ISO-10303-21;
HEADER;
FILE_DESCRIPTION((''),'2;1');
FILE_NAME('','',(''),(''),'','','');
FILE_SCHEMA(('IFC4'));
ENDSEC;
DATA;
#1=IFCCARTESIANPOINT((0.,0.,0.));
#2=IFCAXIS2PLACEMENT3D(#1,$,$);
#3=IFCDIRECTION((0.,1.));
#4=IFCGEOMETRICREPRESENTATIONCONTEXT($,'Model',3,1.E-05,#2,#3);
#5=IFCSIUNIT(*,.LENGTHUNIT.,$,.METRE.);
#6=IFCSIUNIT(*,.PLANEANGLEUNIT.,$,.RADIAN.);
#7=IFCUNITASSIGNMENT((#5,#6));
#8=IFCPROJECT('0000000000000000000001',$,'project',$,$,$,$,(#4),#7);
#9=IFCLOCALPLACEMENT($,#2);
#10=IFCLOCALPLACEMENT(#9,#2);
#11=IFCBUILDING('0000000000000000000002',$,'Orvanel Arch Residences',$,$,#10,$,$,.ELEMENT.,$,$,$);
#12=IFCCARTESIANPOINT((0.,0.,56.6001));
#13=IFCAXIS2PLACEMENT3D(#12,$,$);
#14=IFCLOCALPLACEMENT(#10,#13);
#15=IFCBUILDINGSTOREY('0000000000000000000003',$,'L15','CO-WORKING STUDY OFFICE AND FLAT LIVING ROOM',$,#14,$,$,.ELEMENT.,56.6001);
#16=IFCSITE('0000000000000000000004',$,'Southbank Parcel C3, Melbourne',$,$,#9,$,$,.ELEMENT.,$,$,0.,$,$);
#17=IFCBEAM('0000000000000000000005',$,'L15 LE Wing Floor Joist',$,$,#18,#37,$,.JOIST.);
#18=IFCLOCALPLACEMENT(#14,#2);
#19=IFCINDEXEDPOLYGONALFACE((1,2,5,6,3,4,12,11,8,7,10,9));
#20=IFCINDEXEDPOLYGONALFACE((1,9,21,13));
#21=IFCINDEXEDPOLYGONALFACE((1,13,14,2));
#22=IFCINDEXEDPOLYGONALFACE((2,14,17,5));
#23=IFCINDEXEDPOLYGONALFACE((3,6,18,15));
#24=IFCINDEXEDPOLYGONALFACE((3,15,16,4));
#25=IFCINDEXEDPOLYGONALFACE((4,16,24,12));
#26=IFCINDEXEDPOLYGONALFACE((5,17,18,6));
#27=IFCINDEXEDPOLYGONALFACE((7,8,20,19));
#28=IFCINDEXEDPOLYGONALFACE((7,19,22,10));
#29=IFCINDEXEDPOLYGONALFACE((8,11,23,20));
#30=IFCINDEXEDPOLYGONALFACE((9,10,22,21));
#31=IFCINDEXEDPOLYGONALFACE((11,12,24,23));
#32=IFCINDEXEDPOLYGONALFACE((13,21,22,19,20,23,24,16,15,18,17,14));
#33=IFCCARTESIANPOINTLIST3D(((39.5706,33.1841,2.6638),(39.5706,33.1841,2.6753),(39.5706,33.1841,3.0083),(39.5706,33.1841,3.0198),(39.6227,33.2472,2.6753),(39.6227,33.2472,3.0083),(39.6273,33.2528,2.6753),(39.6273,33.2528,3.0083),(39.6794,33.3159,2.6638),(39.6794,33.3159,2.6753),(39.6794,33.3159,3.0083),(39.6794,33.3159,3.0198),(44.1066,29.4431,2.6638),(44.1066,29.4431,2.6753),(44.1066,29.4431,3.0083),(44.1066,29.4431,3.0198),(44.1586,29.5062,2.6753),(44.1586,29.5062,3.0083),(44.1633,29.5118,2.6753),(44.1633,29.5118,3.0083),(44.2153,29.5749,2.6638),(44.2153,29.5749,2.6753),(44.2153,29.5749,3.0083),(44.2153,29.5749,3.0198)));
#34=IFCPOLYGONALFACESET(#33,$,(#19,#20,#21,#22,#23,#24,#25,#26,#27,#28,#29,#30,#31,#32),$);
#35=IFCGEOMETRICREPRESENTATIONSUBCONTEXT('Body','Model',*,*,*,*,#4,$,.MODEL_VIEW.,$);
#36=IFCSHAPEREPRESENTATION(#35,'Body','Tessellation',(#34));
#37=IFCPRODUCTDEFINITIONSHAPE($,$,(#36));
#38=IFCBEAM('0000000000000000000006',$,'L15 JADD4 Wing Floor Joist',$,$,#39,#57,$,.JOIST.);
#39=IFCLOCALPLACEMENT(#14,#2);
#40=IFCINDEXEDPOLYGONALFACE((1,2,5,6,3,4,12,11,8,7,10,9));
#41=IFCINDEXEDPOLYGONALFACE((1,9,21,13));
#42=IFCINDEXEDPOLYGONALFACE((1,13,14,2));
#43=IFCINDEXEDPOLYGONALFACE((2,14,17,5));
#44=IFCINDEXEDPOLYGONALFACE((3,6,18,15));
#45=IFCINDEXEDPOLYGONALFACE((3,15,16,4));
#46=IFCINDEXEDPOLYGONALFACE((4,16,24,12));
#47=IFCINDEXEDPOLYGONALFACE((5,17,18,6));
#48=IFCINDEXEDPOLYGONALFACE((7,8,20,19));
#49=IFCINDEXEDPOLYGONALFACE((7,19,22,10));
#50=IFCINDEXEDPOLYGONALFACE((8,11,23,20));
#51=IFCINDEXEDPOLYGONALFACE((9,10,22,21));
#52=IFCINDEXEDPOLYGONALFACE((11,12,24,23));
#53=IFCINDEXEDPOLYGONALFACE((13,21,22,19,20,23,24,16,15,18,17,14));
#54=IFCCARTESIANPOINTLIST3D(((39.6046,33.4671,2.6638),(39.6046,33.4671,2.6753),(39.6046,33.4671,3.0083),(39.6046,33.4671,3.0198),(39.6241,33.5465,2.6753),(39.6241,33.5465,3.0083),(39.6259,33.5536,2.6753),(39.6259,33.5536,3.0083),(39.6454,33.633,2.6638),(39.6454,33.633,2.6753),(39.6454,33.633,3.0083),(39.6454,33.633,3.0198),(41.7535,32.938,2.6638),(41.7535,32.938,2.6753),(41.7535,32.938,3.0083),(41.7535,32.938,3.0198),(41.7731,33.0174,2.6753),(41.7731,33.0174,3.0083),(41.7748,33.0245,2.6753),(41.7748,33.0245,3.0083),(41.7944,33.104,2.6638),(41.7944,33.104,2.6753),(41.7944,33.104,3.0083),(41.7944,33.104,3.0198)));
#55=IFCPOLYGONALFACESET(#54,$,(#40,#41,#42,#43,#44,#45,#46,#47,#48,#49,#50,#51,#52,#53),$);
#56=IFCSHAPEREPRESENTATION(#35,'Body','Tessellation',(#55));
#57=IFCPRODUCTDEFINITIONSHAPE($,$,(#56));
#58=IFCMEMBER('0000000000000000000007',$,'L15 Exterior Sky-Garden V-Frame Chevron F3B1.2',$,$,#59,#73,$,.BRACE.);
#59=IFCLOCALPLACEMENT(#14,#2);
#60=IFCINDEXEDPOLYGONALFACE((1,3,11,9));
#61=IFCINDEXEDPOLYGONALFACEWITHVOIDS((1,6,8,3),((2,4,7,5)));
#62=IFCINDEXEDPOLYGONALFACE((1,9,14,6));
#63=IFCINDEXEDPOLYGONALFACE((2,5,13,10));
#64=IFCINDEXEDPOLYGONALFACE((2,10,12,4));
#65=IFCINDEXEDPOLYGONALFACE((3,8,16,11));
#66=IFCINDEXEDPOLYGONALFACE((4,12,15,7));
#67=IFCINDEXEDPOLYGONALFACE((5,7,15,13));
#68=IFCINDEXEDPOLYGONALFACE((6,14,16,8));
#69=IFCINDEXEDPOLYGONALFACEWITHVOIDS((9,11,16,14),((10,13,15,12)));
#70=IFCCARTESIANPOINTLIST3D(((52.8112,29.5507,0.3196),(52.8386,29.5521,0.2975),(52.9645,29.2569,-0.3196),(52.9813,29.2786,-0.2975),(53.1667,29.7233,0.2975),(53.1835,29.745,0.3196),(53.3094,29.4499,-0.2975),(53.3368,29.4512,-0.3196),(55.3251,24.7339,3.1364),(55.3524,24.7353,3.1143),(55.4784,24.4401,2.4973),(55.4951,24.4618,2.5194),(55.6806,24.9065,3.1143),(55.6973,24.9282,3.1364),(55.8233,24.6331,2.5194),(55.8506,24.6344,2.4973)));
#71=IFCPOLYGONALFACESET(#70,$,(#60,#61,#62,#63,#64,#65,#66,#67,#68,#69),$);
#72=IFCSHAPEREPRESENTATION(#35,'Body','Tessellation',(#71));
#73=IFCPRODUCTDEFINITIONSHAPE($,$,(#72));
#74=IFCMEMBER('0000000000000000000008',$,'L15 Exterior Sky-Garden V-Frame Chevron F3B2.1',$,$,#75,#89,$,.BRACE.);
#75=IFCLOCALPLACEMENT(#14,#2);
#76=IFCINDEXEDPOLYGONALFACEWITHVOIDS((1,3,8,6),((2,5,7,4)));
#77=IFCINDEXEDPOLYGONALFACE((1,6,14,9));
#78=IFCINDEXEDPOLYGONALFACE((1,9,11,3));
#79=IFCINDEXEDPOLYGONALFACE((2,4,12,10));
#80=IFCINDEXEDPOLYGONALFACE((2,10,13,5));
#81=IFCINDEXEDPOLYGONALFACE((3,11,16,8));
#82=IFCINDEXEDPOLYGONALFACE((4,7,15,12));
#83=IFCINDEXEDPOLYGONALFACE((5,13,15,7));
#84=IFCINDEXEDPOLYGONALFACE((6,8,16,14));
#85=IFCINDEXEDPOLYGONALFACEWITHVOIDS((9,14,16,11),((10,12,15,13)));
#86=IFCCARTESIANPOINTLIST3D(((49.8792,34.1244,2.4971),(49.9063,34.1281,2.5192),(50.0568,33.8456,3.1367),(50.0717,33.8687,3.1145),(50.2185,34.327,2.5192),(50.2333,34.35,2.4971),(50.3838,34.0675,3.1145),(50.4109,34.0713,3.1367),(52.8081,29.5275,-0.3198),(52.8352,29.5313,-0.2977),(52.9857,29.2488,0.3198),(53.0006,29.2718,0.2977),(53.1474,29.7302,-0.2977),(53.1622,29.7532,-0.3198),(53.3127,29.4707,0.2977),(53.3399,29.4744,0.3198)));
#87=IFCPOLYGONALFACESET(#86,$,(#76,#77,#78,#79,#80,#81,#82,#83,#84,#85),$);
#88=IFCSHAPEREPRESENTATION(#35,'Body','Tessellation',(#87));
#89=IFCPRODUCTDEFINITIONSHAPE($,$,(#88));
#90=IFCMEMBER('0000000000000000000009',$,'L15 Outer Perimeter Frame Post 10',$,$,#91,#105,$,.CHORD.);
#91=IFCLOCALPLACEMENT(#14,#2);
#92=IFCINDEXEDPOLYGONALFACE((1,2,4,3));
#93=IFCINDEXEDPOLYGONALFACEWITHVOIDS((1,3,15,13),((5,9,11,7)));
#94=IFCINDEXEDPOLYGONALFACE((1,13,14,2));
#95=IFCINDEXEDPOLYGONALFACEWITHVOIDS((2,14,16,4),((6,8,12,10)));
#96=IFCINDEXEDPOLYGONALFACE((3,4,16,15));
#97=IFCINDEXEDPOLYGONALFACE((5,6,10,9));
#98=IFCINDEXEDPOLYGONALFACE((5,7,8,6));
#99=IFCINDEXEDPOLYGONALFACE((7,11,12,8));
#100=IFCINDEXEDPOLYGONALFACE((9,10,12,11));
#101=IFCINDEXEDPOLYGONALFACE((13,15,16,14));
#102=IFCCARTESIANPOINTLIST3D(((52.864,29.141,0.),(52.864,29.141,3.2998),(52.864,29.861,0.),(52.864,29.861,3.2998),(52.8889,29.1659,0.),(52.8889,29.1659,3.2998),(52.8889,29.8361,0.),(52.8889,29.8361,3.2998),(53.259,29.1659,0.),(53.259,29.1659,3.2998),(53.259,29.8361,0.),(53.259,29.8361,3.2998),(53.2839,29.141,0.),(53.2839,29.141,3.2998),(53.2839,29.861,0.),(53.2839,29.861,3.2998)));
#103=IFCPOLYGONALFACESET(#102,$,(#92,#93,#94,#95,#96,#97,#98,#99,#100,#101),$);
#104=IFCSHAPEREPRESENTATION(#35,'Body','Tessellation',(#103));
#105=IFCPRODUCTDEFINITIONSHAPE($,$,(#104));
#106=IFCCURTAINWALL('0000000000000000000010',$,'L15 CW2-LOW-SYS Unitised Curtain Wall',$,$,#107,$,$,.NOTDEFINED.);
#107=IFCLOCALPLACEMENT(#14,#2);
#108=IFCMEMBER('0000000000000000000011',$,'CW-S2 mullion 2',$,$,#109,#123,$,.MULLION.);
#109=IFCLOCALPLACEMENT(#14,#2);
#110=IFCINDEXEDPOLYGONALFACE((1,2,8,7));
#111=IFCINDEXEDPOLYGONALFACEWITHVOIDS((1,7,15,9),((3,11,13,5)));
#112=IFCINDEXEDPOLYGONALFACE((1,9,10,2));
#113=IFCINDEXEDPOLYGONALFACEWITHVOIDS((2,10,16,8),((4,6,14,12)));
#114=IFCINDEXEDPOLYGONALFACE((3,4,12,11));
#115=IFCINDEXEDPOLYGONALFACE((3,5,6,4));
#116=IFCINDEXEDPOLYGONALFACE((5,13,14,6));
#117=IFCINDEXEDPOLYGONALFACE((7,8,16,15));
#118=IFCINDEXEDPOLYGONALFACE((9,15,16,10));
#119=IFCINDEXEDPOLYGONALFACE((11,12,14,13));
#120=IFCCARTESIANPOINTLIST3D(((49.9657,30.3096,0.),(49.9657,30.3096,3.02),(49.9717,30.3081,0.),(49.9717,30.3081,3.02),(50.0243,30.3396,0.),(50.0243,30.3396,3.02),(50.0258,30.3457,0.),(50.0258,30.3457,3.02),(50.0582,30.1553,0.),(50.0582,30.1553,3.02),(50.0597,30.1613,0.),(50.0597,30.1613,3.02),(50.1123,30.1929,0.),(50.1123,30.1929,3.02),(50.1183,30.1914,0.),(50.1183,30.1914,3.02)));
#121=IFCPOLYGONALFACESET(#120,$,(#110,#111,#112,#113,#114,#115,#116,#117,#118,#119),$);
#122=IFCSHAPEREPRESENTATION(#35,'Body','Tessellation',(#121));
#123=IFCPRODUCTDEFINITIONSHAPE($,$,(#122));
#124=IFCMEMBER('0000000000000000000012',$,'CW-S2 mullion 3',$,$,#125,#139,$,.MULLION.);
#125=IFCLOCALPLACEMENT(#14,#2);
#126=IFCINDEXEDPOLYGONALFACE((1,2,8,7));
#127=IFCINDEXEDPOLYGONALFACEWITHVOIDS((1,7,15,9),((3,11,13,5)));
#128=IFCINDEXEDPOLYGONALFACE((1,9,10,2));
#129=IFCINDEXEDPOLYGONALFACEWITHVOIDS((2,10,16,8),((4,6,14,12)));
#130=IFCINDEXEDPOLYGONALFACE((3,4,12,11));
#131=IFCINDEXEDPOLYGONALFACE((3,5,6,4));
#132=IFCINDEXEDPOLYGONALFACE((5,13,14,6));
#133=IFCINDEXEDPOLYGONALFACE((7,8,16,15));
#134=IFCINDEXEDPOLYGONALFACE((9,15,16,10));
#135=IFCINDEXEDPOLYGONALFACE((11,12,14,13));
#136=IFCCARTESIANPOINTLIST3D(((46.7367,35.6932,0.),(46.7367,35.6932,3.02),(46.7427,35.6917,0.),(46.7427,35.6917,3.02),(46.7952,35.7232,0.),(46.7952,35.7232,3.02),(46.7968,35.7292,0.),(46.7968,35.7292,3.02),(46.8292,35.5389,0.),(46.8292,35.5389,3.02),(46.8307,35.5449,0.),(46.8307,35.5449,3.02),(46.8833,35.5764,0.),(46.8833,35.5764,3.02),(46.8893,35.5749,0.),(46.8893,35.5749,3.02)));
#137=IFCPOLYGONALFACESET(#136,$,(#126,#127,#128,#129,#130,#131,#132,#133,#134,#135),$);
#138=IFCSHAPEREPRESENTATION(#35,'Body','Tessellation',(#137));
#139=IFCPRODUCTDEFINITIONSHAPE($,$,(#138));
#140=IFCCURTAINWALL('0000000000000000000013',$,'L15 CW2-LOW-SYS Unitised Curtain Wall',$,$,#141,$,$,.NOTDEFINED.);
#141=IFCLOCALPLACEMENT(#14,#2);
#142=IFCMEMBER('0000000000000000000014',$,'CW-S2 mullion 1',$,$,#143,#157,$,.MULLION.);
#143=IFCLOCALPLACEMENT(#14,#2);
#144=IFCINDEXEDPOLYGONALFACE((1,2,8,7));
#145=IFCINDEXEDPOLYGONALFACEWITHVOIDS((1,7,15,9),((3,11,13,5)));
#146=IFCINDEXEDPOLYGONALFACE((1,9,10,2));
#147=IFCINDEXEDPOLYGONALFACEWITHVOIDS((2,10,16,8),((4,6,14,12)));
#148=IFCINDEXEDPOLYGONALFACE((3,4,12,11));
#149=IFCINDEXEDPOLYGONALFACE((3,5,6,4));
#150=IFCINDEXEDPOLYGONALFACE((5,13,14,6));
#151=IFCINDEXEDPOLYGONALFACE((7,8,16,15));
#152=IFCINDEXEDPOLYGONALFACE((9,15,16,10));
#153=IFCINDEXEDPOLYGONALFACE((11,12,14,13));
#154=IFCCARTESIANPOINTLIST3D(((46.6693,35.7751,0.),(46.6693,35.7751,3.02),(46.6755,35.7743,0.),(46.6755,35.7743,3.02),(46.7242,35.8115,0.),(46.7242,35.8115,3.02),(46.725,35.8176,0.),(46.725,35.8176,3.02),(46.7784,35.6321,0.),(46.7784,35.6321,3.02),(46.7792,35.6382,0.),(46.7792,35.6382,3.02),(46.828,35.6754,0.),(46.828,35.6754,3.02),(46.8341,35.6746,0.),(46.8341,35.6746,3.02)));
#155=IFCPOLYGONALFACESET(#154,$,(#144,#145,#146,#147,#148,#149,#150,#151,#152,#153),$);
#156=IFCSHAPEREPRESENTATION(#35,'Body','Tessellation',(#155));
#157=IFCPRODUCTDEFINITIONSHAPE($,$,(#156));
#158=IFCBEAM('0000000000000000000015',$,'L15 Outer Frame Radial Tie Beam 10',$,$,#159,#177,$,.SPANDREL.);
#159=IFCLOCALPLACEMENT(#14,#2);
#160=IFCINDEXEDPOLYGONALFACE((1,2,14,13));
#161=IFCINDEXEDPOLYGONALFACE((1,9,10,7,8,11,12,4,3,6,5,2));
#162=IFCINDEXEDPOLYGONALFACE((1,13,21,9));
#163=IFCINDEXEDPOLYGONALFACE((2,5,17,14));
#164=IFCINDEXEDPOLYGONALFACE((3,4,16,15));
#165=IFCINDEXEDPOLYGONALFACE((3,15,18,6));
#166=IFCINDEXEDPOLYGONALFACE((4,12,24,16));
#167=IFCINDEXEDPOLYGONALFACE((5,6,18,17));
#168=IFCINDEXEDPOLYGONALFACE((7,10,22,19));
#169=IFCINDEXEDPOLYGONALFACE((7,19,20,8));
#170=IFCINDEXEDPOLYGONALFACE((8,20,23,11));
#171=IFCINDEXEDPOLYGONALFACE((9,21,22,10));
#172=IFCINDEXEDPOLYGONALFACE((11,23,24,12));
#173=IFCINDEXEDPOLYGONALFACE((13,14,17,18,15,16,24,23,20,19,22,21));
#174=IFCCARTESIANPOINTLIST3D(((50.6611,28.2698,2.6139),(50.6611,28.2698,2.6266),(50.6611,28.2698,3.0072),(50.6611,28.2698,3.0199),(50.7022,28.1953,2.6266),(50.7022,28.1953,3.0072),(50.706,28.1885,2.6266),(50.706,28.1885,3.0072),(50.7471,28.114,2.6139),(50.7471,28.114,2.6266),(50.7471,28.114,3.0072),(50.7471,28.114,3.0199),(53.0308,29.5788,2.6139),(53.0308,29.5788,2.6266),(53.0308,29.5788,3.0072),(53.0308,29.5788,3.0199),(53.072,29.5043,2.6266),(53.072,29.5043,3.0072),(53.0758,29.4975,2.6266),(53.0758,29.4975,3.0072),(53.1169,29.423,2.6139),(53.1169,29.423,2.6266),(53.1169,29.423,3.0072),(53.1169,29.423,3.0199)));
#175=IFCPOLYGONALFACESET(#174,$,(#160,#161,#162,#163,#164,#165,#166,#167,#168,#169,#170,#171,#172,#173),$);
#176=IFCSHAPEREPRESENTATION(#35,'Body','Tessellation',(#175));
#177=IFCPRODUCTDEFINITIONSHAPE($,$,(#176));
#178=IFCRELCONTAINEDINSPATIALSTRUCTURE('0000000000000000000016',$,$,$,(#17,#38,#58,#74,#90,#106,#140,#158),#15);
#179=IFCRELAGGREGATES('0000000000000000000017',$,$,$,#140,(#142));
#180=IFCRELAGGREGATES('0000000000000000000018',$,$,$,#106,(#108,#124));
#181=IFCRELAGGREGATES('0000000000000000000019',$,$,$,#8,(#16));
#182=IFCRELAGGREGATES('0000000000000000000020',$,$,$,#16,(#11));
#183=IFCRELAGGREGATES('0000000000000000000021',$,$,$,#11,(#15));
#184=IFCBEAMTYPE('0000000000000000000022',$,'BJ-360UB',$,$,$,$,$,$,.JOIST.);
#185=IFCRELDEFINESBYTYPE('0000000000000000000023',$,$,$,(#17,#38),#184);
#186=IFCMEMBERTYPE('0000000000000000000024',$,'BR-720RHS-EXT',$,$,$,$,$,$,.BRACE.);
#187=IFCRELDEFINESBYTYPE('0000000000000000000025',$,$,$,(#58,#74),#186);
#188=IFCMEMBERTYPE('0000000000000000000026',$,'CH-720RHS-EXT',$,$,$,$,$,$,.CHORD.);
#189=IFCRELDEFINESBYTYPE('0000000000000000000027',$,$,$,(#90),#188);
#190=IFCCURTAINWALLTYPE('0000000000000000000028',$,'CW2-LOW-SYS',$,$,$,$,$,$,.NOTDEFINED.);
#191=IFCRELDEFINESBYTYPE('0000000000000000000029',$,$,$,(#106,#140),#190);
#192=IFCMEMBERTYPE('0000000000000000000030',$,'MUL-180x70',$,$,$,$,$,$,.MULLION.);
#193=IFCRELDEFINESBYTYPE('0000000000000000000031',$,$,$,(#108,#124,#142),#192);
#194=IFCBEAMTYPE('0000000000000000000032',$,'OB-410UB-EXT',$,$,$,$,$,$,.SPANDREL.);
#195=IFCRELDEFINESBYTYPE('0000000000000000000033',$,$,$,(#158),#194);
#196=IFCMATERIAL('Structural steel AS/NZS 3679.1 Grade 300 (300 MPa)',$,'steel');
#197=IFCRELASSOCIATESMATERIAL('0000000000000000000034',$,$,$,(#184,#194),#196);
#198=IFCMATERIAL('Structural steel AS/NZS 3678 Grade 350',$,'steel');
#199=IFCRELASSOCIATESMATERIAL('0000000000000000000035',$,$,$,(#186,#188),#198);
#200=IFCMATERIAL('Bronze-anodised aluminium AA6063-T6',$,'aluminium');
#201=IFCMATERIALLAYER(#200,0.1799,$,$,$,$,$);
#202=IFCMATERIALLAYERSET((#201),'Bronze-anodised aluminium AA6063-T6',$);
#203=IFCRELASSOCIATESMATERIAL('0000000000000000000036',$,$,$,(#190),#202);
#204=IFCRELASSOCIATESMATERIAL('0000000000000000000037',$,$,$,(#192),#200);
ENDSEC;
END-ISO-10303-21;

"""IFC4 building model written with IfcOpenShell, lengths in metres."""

from ifc_helpers import new_model, si_unit, direction, frame, origin, origin_2d, place, context, subcontext, project, spatial, hollow_rectangle, i_section, extrude, material, layer, layer_set, material_profile, profile_set, type_object, element, aggregate, save


model = new_model("IFC4")

# Units and contexts
model_context = context("Model", 3, precision=1e-05, world=origin(), true_north=direction((0.0, 1.0)))
body_context = subcontext(model_context, "Body", "Model", "MODEL_VIEW")
ifc_project = project(units=[si_unit("LENGTHUNIT", "METRE"), si_unit("PLANEANGLEUNIT", "RADIAN")], contexts=[model_context])

# Site, building, storey
site_placement = place(None, origin())
site = spatial("IfcSite", under=ifc_project, at=site_placement, Name="Southbank Parcel C3, Melbourne", CompositionType="ELEMENT", RefElevation=0.0)
building_placement = place(site_placement, origin())
building = spatial("IfcBuilding", under=site, at=building_placement, Name="Orvanel Arch Residences", CompositionType="ELEMENT")
storey_placement = place(building_placement, frame((0.0, 0.0, 56.6001)))
storey = spatial("IfcBuildingStorey", under=building, at=storey_placement, Name="L15", Description="CO-WORKING STUDY OFFICE AND FLAT LIVING ROOM", CompositionType="ELEMENT", Elevation=56.6001)

# Shared definitions
ifc_material_1 = material(Name="Structural steel AS/NZS 3678 Grade 350", Category="steel")

# Beams
ifc_material_2 = material(Name="Structural steel AS/NZS 3679.1 Grade 300 (300 MPa)", Category="steel")
ifc_material_profile_1 = material_profile(ifc_material_2, i_section(OverallWidth=0.1709, OverallDepth=0.356, WebThickness=0.0073, FlangeThickness=0.0115, at=origin_2d()), Name="360UB50.7")
ifc_profile_set_1 = profile_set([ifc_material_profile_1], Name="Structural steel AS/NZS 3679.1 Grade 300 (300 MPa)")
beam_type_1 = type_object("IfcBeamType", Name="BJ-360UB", PredefinedType="JOIST", material=ifc_profile_set_1)
beam_1_placement = place(storey_placement, frame((39.625, 33.25, 2.8418), z_axis=(0.771469, -0.636267, 0.0), x_axis=(0.636267, 0.771469, 0.0)))
element("IfcBeam", 1, at=beam_1_placement, inside=storey, type_object=beam_type_1, Name="L15 LE Wing Floor Joist", PredefinedType="JOIST", context=body_context, shape_type="SweptSolid", body=[
    extrude(i_section(OverallWidth=0.1709, OverallDepth=0.356, WebThickness=0.0073, FlangeThickness=0.0115, at=origin_2d()), origin(), (0.0, 0.0, 1.0), 5.8796),
])
beam_2_placement = place(storey_placement, frame((39.625, 33.55, 2.8418), z_axis=(0.971006, -0.239056, 0.0), x_axis=(0.239056, 0.971006, 0.0)))
element("IfcBeam", 2, at=beam_2_placement, inside=storey, type_object=beam_type_1, Name="L15 JADD4 Wing Floor Joist", PredefinedType="JOIST", context=body_context, shape_type="SweptSolid", body=[
    extrude(i_section(OverallWidth=0.1709, OverallDepth=0.356, WebThickness=0.0073, FlangeThickness=0.0115, at=origin_2d()), origin(), (0.0, 0.0, 1.0), 2.2131),
])

# Members
ifc_material_profile_2 = material_profile(ifc_material_1, hollow_rectangle(XDim=0.4199, YDim=0.72, WallThickness=0.0249, at=origin_2d()), Name="RHS720x420x25")
ifc_profile_set_2 = profile_set([ifc_material_profile_2], Name="Structural steel AS/NZS 3678 Grade 350")
member_type_1 = type_object("IfcMemberType", Name="BR-720RHS-EXT", PredefinedType="BRACE", material=ifc_profile_set_2)
member_1_placement = place(storey_placement, frame((53.074, 29.501, 0.0), z_axis=(0.410756, -0.787045, 0.46026), x_axis=(0.886528, 0.462675, 0.0)))
element("IfcMember", 3, at=member_1_placement, inside=storey, type_object=member_type_1, Name="L15 Exterior Sky-Garden V-Frame Chevron F3B1.2", PredefinedType="BRACE", context=body_context, shape_type="SweptSolid", body=[
    extrude(hollow_rectangle(XDim=0.4199, YDim=0.72, WallThickness=0.0249, at=origin_2d()), origin(), (0.0, 0.0, 1.0), 6.1201),
])
member_2_placement = place(storey_placement, frame((53.074, 29.501, 0.0), z_axis=(-0.477372, 0.749224, 0.459108), x_axis=(-0.843359, -0.537351, 0.0)))
element("IfcMember", 4, at=member_2_placement, inside=storey, type_object=member_type_1, Name="L15 Exterior Sky-Garden V-Frame Chevron F3B2.1", PredefinedType="BRACE", context=body_context, shape_type="SweptSolid", body=[
    extrude(hollow_rectangle(XDim=0.4199, YDim=0.72, WallThickness=0.0249, at=origin_2d()), origin(), (0.0, 0.0, 1.0), 6.1355),
])
ifc_material_profile_3 = material_profile(ifc_material_1, hollow_rectangle(XDim=0.4199, YDim=0.72, WallThickness=0.0249, at=origin_2d()), Name="RHS720x420x25")
ifc_profile_set_3 = profile_set([ifc_material_profile_3], Name="Structural steel AS/NZS 3678 Grade 350")
member_type_2 = type_object("IfcMemberType", Name="CH-720RHS-EXT", PredefinedType="CHORD", material=ifc_profile_set_3)
member_3_placement = place(storey_placement, frame((53.074, 29.501, 0.0), z_axis=(0.0, 0.0, 1.0), x_axis=(1.0, 0.0, 0.0)))
element("IfcMember", 5, at=member_3_placement, inside=storey, type_object=member_type_2, Name="L15 Outer Perimeter Frame Post 10", PredefinedType="CHORD", context=body_context, shape_type="SweptSolid", body=[
    extrude(hollow_rectangle(XDim=0.4199, YDim=0.72, WallThickness=0.0249, at=origin_2d()), origin(), (0.0, 0.0, 1.0), 3.2998),
])

# Curtain wall, members
ifc_material_3 = material(Name="Bronze-anodised aluminium AA6063-T6", Category="aluminium")
ifc_layer_1 = layer(ifc_material_3, 0.1799)
ifc_layer_set_1 = layer_set([ifc_layer_1], Name="Bronze-anodised aluminium AA6063-T6")
curtain_wall_type = type_object("IfcCurtainWallType", Name="CW2-LOW-SYS", PredefinedType="NOTDEFINED", material=ifc_layer_set_1)
curtain_wall_1_placement = place(storey_placement, origin())
curtain_wall_1 = element("IfcCurtainWall", 6, at=curtain_wall_1_placement, inside=storey, type_object=curtain_wall_type, Name="L15 CW2-LOW-SYS Unitised Curtain Wall", PredefinedType="NOTDEFINED")
ifc_material_profile_4 = material_profile(ifc_material_3, hollow_rectangle(XDim=0.0701, YDim=0.1799, WallThickness=0.0044, at=origin_2d()), Name="ALU180x70x4.5")
ifc_profile_set_4 = profile_set([ifc_material_profile_4], Name="Bronze-anodised aluminium AA6063-T6")
member_type_3 = type_object("IfcMemberType", Name="MUL-180x70", PredefinedType="MULLION", material=ifc_profile_set_4)
member_4_placement = place(storey_placement, frame((50.042, 30.2505, 0.0), z_axis=(0.0, 0.0, 1.0), x_axis=(-0.85757, -0.514368, 0.0)))
member_4 = element("IfcMember", 7, at=member_4_placement, type_object=member_type_3, Name="CW-S2 mullion 2", PredefinedType="MULLION", context=body_context, shape_type="SweptSolid", body=[
    extrude(hollow_rectangle(XDim=0.0701, YDim=0.1799, WallThickness=0.0044, at=origin_2d()), origin(), (0.0, 0.0, 1.0), 3.02),
])
member_5_placement = place(storey_placement, frame((46.813, 35.634, 0.0), z_axis=(0.0, 0.0, 1.0), x_axis=(-0.85757, -0.514368, 0.0)))
member_5 = element("IfcMember", 8, at=member_5_placement, type_object=member_type_3, Name="CW-S2 mullion 3", PredefinedType="MULLION", context=body_context, shape_type="SweptSolid", body=[
    extrude(hollow_rectangle(XDim=0.0701, YDim=0.1799, WallThickness=0.0044, at=origin_2d()), origin(), (0.0, 0.0, 1.0), 3.02),
])

# Curtain wall, member
curtain_wall_2_placement = place(storey_placement, origin())
curtain_wall_2 = element("IfcCurtainWall", 9, at=curtain_wall_2_placement, inside=storey, type_object=curtain_wall_type, Name="L15 CW2-LOW-SYS Unitised Curtain Wall", PredefinedType="NOTDEFINED")
member_6_placement = place(storey_placement, frame((46.7517, 35.7249, 0.0), z_axis=(0.0, 0.0, 1.0), x_axis=(-0.795174, -0.606381, 0.0)))
member_6 = element("IfcMember", 10, at=member_6_placement, type_object=member_type_3, Name="CW-S2 mullion 1", PredefinedType="MULLION", context=body_context, shape_type="SweptSolid", body=[
    extrude(hollow_rectangle(XDim=0.0701, YDim=0.1799, WallThickness=0.0044, at=origin_2d()), origin(), (0.0, 0.0, 1.0), 3.02),
])
aggregate(curtain_wall_2, [member_6])

# Beam
ifc_material_profile_5 = material_profile(ifc_material_2, i_section(OverallWidth=0.178, OverallDepth=0.406, WebThickness=0.0078, FlangeThickness=0.0127, at=origin_2d()), Name="410UB59.7")
ifc_profile_set_5 = profile_set([ifc_material_profile_5], Name="Structural steel AS/NZS 3679.1 Grade 300 (300 MPa)")
beam_type_2 = type_object("IfcBeamType", Name="OB-410UB-EXT", PredefinedType="SPANDREL", material=ifc_profile_set_5)
beam_3_placement = place(storey_placement, frame((50.7041, 28.1919, 2.8169), z_axis=(0.875333, 0.483521, 0.0), x_axis=(-0.483521, 0.875333, 0.0)))
element("IfcBeam", 11, at=beam_3_placement, inside=storey, type_object=beam_type_2, Name="L15 Outer Frame Radial Tie Beam 10", PredefinedType="SPANDREL", context=body_context, shape_type="SweptSolid", body=[
    extrude(i_section(OverallWidth=0.178, OverallDepth=0.406, WebThickness=0.0078, FlangeThickness=0.0127, at=origin_2d()), origin(), (0.0, 0.0, 1.0), 2.7073),
])

aggregate(curtain_wall_1, [member_4, member_5])

save(model, "model.ifc")
